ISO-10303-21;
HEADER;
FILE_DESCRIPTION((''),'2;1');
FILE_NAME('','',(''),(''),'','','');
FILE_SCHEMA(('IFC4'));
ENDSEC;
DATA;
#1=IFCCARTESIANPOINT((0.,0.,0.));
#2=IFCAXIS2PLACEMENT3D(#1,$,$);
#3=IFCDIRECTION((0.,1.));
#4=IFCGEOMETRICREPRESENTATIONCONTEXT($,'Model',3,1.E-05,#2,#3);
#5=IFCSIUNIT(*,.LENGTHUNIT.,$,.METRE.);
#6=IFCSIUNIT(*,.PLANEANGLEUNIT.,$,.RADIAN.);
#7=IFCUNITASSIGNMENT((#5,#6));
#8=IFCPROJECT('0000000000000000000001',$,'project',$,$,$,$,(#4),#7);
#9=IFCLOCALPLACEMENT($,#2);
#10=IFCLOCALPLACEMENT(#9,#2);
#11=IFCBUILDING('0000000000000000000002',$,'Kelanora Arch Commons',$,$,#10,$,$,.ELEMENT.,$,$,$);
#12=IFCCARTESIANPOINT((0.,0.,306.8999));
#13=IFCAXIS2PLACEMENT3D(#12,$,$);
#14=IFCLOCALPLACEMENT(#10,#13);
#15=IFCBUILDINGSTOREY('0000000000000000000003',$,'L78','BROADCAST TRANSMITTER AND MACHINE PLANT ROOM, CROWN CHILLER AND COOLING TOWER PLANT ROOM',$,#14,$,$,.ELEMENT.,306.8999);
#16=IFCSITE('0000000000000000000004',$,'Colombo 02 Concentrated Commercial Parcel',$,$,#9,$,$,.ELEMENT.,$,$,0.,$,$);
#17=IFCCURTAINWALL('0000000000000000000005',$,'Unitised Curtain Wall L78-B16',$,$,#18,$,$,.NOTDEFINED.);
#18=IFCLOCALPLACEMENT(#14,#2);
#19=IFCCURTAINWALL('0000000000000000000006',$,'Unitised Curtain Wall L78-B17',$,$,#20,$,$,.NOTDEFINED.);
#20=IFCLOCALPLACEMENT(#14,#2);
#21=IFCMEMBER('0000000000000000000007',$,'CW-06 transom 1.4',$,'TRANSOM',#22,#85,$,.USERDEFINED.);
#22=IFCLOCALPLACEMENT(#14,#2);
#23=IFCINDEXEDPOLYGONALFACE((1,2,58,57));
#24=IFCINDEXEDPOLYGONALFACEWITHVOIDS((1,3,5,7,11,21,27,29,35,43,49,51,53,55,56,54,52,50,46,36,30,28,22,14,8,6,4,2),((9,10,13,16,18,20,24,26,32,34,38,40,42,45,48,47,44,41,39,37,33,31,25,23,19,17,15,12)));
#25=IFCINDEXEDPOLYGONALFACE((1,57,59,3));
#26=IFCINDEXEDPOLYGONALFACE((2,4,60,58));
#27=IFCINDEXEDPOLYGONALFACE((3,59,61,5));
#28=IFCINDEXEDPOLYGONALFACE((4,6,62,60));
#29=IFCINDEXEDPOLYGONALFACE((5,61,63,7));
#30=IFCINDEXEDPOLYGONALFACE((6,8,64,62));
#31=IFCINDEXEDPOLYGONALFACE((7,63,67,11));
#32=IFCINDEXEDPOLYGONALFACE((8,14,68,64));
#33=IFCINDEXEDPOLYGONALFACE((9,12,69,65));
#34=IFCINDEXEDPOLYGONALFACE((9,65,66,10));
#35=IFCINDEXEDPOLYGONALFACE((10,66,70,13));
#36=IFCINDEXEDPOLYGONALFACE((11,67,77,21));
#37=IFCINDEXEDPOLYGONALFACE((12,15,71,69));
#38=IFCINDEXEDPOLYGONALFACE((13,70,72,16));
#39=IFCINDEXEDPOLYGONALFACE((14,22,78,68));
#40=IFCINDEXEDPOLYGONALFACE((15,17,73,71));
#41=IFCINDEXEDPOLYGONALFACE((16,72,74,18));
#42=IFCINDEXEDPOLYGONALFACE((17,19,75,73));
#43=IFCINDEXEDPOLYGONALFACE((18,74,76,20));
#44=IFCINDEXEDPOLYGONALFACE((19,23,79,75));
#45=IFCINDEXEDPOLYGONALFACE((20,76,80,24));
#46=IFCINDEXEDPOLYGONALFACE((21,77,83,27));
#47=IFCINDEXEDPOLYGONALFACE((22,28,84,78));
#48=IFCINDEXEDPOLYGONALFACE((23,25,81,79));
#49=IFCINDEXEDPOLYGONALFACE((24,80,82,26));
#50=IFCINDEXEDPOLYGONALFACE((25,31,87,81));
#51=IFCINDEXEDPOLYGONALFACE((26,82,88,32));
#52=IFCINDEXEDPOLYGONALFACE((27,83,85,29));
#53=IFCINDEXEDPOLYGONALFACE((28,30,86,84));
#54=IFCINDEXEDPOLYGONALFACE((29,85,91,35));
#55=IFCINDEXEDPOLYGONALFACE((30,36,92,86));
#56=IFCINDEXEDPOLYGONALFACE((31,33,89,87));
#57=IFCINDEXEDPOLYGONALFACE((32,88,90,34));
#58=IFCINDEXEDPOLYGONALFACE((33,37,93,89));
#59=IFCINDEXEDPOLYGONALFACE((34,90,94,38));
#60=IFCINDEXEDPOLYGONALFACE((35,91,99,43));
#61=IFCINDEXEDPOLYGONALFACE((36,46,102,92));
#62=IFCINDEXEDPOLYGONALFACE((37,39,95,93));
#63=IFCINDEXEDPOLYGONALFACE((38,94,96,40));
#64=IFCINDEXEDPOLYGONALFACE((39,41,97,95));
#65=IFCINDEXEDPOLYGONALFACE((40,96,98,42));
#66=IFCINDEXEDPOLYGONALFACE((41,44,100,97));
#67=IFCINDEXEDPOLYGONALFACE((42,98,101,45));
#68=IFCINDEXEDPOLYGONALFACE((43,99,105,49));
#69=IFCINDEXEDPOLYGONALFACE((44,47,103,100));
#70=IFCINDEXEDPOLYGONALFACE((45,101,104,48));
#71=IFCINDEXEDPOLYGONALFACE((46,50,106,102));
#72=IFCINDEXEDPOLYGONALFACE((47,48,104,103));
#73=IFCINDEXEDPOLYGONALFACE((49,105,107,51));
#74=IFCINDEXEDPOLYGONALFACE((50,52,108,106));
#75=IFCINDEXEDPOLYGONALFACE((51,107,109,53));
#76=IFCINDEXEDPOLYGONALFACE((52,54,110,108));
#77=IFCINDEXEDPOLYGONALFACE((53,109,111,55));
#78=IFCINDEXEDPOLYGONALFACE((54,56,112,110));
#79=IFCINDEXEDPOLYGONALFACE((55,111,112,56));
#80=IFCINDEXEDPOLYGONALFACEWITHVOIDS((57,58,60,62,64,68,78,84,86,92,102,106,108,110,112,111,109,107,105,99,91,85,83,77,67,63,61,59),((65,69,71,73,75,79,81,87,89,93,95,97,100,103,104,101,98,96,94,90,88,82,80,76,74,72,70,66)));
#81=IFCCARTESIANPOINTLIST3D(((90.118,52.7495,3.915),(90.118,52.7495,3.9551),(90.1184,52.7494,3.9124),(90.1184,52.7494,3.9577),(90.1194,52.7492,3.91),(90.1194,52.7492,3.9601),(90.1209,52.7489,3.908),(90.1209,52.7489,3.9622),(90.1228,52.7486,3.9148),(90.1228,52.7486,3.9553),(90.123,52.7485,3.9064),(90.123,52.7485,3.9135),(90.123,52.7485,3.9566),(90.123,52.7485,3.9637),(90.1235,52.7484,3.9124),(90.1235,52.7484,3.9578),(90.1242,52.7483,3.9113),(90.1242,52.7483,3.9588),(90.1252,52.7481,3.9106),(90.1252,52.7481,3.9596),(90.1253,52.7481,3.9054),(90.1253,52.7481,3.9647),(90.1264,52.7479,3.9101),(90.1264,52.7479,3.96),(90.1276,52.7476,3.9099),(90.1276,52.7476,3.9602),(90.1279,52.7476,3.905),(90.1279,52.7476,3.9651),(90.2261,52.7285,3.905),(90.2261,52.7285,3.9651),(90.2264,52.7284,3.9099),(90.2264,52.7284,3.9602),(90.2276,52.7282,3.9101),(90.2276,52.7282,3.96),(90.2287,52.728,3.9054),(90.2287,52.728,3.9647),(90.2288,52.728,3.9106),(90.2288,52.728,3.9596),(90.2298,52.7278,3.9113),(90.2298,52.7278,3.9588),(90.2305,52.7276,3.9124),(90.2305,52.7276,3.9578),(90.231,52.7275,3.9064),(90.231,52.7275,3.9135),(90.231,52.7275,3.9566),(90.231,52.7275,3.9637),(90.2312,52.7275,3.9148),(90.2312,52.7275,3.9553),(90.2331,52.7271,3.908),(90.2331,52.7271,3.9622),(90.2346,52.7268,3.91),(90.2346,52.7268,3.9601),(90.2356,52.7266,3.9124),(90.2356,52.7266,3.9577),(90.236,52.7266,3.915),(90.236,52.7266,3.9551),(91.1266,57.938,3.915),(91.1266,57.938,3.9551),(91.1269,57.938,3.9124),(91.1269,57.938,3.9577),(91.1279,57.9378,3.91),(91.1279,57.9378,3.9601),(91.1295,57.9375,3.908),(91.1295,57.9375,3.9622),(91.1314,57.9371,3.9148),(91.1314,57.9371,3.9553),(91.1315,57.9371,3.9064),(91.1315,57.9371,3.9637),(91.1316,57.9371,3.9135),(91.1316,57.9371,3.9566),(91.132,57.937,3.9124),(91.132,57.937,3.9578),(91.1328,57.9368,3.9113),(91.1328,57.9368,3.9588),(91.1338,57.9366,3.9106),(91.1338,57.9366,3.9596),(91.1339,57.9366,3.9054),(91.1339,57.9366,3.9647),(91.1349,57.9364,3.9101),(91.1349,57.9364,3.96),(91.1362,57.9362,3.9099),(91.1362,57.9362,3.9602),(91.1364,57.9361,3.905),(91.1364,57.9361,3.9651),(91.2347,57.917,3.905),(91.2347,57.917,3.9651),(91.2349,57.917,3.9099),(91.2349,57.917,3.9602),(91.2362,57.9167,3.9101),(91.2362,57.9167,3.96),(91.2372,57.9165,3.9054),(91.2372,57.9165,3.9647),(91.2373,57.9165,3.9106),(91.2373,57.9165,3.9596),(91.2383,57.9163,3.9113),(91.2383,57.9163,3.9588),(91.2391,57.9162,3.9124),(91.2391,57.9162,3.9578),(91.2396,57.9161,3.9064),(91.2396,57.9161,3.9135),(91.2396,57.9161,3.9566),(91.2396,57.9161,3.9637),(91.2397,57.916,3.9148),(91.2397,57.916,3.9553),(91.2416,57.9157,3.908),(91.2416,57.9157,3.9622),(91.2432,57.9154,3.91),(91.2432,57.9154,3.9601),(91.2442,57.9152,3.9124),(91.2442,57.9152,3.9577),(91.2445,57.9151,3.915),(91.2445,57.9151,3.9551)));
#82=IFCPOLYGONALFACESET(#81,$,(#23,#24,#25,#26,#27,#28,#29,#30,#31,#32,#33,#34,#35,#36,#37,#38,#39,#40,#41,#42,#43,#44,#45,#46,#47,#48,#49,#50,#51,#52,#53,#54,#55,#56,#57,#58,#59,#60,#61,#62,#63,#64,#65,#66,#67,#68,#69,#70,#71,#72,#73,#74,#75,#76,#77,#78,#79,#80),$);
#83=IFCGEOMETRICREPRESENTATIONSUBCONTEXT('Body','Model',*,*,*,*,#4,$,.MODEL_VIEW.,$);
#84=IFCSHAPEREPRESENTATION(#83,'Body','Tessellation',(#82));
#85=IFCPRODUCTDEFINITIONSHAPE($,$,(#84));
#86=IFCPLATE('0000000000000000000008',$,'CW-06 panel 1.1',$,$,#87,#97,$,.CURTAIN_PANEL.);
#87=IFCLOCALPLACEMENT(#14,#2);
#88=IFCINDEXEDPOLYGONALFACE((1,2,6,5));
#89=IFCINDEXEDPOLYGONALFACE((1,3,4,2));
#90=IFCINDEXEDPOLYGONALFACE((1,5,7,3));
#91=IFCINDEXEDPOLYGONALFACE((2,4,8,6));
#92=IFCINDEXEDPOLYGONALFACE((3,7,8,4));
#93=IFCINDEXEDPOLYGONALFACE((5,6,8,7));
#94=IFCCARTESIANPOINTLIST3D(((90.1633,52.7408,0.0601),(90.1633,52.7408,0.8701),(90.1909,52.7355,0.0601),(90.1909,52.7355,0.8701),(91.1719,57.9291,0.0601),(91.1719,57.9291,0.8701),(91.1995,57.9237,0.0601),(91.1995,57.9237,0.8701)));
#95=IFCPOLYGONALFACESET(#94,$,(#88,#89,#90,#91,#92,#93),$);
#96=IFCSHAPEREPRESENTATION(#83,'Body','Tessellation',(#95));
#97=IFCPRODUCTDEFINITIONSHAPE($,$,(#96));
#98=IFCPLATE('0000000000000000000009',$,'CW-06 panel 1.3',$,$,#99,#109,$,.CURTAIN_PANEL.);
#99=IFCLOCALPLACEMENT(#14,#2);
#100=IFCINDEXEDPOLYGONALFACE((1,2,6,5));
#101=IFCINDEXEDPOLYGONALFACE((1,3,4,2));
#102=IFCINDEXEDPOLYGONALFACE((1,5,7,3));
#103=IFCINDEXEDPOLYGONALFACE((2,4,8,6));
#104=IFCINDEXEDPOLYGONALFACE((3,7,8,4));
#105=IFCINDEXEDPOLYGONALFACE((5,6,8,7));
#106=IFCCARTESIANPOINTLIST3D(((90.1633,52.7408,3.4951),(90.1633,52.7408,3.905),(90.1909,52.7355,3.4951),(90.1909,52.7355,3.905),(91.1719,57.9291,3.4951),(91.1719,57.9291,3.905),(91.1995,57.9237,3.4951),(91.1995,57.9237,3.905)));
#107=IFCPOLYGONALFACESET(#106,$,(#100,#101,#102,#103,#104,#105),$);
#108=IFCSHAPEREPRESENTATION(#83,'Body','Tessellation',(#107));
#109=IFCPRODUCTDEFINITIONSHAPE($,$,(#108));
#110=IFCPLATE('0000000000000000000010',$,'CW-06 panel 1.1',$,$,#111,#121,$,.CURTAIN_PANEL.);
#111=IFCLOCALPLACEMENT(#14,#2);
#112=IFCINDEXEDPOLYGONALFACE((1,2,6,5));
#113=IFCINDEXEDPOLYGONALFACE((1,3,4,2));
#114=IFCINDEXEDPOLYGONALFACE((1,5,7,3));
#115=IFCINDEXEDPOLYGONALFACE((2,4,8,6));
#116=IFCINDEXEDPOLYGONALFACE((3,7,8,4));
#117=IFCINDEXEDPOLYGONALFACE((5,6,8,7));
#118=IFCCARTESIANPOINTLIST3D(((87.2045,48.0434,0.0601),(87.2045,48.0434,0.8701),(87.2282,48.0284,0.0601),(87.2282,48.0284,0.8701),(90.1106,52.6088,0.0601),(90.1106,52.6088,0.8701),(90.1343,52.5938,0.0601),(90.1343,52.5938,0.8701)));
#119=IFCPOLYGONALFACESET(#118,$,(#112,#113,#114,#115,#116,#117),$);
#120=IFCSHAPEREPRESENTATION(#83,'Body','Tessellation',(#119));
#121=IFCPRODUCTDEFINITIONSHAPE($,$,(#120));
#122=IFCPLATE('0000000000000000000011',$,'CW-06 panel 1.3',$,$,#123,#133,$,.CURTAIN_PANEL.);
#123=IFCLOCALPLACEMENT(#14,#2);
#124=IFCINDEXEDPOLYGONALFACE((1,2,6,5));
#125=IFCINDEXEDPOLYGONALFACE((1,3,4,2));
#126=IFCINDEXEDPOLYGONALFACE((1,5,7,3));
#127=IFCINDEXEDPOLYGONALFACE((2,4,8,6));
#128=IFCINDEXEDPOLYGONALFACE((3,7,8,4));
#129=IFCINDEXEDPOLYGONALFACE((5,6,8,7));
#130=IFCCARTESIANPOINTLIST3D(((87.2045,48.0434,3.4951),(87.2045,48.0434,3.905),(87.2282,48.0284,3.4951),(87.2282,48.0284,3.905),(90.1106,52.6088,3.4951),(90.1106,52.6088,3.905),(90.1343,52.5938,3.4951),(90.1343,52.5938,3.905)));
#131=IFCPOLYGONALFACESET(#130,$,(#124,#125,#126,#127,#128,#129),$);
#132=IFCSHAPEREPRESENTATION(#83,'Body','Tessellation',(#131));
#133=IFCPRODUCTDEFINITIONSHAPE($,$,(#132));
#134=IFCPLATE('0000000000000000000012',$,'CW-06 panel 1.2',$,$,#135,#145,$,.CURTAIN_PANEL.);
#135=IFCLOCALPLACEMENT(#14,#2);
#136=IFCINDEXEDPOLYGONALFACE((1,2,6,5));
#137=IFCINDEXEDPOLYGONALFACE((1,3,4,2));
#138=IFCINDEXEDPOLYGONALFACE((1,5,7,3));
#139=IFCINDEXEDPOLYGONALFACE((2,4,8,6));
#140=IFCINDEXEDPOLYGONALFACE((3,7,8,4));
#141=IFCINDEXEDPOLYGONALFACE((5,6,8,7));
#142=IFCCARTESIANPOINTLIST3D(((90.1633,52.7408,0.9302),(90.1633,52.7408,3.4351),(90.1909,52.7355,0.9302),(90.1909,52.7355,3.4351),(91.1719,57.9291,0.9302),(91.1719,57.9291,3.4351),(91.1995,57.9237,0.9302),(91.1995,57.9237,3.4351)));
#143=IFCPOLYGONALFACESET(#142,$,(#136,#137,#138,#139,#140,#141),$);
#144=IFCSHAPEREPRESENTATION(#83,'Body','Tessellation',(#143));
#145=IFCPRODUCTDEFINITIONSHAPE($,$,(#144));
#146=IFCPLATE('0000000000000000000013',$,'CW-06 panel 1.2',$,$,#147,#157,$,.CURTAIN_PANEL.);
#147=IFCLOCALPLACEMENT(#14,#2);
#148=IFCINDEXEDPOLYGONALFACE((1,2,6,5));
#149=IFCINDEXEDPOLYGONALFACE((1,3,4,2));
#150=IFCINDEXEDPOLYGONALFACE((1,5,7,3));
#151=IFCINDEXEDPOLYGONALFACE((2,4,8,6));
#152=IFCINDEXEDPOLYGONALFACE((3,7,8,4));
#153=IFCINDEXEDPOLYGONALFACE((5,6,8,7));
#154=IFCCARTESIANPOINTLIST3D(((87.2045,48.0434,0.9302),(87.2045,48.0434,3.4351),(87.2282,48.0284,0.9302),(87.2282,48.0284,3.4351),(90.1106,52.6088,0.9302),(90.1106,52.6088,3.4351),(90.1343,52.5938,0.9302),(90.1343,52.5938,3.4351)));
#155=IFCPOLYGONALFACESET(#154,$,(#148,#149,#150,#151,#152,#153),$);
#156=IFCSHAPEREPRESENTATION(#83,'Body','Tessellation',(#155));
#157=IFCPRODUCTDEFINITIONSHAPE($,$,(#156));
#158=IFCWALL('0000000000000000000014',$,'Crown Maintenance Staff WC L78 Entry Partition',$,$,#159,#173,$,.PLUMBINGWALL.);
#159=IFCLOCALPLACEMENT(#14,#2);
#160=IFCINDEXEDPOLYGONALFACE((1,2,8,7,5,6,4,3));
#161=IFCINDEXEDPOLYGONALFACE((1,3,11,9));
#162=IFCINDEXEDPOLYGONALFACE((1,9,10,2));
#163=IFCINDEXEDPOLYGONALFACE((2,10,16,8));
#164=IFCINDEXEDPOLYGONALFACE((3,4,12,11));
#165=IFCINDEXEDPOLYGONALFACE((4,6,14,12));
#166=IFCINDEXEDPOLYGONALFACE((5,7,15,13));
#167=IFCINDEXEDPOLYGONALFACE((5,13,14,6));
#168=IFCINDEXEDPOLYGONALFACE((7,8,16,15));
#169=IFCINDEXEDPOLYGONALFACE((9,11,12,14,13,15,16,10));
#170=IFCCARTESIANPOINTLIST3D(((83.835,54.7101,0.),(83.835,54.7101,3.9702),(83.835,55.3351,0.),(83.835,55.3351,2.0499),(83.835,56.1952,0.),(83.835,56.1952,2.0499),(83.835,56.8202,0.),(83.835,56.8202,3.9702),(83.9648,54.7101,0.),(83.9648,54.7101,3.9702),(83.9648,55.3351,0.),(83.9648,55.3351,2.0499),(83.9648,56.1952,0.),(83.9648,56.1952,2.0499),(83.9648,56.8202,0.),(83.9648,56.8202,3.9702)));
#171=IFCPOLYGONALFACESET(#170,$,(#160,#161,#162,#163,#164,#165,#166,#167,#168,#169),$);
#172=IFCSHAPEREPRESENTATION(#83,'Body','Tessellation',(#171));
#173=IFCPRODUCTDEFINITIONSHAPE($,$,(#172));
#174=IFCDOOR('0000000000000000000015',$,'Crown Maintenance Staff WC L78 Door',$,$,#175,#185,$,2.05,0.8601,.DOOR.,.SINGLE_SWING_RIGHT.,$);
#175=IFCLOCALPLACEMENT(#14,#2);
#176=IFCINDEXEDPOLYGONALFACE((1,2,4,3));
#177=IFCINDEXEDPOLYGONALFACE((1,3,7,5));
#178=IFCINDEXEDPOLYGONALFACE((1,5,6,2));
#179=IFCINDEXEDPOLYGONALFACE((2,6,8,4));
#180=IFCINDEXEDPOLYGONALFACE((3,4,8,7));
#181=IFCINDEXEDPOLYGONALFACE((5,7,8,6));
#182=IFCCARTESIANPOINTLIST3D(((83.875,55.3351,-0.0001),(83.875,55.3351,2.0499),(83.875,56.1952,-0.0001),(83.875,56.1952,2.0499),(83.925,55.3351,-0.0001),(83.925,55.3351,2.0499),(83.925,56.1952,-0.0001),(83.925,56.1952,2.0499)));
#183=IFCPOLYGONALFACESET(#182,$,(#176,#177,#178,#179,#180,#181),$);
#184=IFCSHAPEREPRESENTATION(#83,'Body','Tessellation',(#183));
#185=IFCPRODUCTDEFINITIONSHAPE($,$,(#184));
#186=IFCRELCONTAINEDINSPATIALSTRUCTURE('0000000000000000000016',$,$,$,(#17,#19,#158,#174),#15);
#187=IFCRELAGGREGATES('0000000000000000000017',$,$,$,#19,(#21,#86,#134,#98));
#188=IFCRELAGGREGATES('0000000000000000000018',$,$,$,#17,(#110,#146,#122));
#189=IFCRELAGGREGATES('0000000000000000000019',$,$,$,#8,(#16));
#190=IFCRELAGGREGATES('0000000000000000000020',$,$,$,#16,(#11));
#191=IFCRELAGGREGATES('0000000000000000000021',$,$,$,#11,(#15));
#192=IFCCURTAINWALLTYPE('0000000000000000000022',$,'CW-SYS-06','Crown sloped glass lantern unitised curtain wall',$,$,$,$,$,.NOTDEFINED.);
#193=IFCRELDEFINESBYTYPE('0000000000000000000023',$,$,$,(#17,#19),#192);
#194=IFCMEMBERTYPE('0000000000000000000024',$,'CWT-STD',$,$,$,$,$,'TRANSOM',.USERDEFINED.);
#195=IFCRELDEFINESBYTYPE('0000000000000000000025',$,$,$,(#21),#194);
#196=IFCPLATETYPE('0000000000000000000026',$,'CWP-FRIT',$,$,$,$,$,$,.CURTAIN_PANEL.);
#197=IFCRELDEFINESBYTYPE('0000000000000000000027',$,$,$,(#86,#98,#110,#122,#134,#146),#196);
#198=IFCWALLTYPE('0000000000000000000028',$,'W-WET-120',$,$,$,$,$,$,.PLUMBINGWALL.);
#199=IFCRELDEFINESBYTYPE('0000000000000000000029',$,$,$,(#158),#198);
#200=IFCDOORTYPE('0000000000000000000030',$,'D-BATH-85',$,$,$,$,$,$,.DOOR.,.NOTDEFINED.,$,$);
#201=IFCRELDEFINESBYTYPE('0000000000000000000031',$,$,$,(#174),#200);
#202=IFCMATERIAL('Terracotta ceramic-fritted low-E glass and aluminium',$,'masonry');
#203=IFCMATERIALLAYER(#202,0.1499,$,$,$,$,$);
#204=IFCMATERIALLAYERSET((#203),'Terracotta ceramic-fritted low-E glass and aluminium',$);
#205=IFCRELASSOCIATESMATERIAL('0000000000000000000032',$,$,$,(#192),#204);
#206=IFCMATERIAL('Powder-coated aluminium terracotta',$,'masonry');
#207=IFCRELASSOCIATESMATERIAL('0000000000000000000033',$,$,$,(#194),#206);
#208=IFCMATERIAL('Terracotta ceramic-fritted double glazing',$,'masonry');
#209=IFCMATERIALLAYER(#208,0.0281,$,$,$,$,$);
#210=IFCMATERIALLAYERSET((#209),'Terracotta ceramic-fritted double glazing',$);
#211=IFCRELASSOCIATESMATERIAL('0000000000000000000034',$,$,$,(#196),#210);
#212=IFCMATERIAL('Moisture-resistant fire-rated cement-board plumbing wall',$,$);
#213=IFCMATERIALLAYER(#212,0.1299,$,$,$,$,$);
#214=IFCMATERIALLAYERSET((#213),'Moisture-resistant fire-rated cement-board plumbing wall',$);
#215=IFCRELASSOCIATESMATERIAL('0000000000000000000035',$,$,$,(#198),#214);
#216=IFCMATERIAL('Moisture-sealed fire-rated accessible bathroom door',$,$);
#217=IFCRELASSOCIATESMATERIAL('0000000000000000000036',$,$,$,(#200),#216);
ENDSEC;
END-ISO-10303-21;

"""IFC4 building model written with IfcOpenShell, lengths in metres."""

from ifc_helpers import new_model, si_unit, direction, frame, frame_2d, origin, origin_2d, place, context, subcontext, project, spatial, rectangle, hollow_rectangle, extrude, source, transform, mapped, material, layer, layer_set, material_profile, profile_set, type_object, element, fill, aggregate, save


model = new_model("IFC4")

# Units and contexts
model_context = context("Model", 3, precision=1e-05, world=origin(), true_north=direction((0.0, 1.0)))
body_context = subcontext(model_context, "Body", "Model", "MODEL_VIEW")
ifc_project = project(units=[si_unit("LENGTHUNIT", "METRE"), si_unit("PLANEANGLEUNIT", "RADIAN")], contexts=[model_context])

# Site, building, storey
site_placement = place(None, origin())
site = spatial("IfcSite", under=ifc_project, at=site_placement, Name="Colombo 02 Concentrated Commercial Parcel", CompositionType="ELEMENT", RefElevation=0.0)
building_placement = place(site_placement, origin())
building = spatial("IfcBuilding", under=site, at=building_placement, Name="Kelanora Arch Commons", CompositionType="ELEMENT")
storey_placement = place(building_placement, frame((0.0, 0.0, 306.8999)))
storey = spatial("IfcBuildingStorey", under=building, at=storey_placement, Name="L78", Description="BROADCAST TRANSMITTER AND MACHINE PLANT ROOM, CROWN CHILLER AND COOLING TOWER PLANT ROOM", CompositionType="ELEMENT", Elevation=306.8999)

# Curtain wall
ifc_material_1 = material(Name="Terracotta ceramic-fritted low-E glass and aluminium", Category="masonry")
ifc_layer_1 = layer(ifc_material_1, 0.1499)
ifc_layer_set_1 = layer_set([ifc_layer_1], Name="Terracotta ceramic-fritted low-E glass and aluminium")
curtain_wall_type = type_object("IfcCurtainWallType", Name="CW-SYS-06", Description="Crown sloped glass lantern unitised curtain wall", PredefinedType="NOTDEFINED", material=ifc_layer_set_1)
curtain_wall_1_placement = place(storey_placement, origin())
curtain_wall_1 = element("IfcCurtainWall", 1, at=curtain_wall_1_placement, inside=storey, type_object=curtain_wall_type, Name="Unitised Curtain Wall L78-B16", PredefinedType="NOTDEFINED")
ifc_material_2 = material(Name="Powder-coated aluminium terracotta", Category="masonry")

# Curtain wall, member, plates
curtain_wall_2_placement = place(storey_placement, origin())
curtain_wall_2 = element("IfcCurtainWall", 2, at=curtain_wall_2_placement, inside=storey, type_object=curtain_wall_type, Name="Unitised Curtain Wall L78-B17", PredefinedType="NOTDEFINED")
ifc_material_profile_1 = material_profile(ifc_material_2, hollow_rectangle(XDim=0.1201, YDim=0.0601, WallThickness=0.0049, InnerFilletRadius=0.0049, OuterFilletRadius=0.01, at=origin_2d()), Name="CWT120x60")
ifc_profile_set_1 = profile_set([ifc_material_profile_1], Name="Powder-coated aluminium terracotta")
member_type_1 = type_object("IfcMemberType", Name="CWT-STD", ElementType="TRANSOM", PredefinedType="USERDEFINED", material=ifc_profile_set_1)
member_1_placement = place(storey_placement, frame((90.177, 52.738, 3.9351), z_axis=(0.19081, 0.981627, 0.0), x_axis=(-0.981627, 0.19081, 0.0)))
member_1 = element("IfcMember", 3, at=member_1_placement, type_object=member_type_1, Name="CW-06 transom 1.4", ObjectType="TRANSOM", PredefinedType="USERDEFINED", context=body_context, shape_type="SweptSolid", body=[
    extrude(hollow_rectangle(XDim=0.1201, YDim=0.0601, WallThickness=0.0049, InnerFilletRadius=0.0049, OuterFilletRadius=0.01, at=origin_2d()), origin(), (0.0, 0.0, 1.0), 5.2856),
])
ifc_material_3 = material(Name="Terracotta ceramic-fritted double glazing", Category="masonry")
ifc_layer_2 = layer(ifc_material_3, 0.0281)
ifc_layer_set_2 = layer_set([ifc_layer_2], Name="Terracotta ceramic-fritted double glazing")
plate_type = type_object("IfcPlateType", Name="CWP-FRIT", PredefinedType="CURTAIN_PANEL", material=ifc_layer_set_2)
shared_shape_1 = source(origin(), body_context, "Body", "SweptSolid", [
    extrude(rectangle(XDim=5.2854, YDim=0.0281, at=origin_2d()), origin(), (0.0, 0.0, 1.0), 0.8101),
])
plate_1_placement = place(storey_placement, frame((90.6814, 55.3323, 0.0601), z_axis=(0.0, 0.0, 1.0), x_axis=(0.190827, 0.981624, 0.0)))
plate_1 = element("IfcPlate", 4, at=plate_1_placement, type_object=plate_type, Name="CW-06 panel 1.1", PredefinedType="CURTAIN_PANEL", context=body_context, shape_type="MappedRepresentation", body=[
    mapped(shared_shape_1, transform((0.0, 0.0, 0.0), scale=1.0)),
])
shared_shape_2 = source(origin(), body_context, "Body", "SweptSolid", [
    extrude(rectangle(XDim=5.2854, YDim=0.0281, at=origin_2d()), origin(), (0.0, 0.0, 1.0), 0.4099),
])
plate_2_placement = place(storey_placement, frame((90.6814, 55.3323, 3.4951), z_axis=(0.0, 0.0, 1.0), x_axis=(0.190827, 0.981624, 0.0)))
plate_2 = element("IfcPlate", 5, at=plate_2_placement, type_object=plate_type, Name="CW-06 panel 1.3", PredefinedType="CURTAIN_PANEL", context=body_context, shape_type="MappedRepresentation", body=[
    mapped(shared_shape_2, transform((0.0, 0.0, 0.0), scale=1.0)),
])

# Plates
shared_shape_3 = source(origin(), body_context, "Body", "SweptSolid", [
    extrude(rectangle(XDim=5.4119, YDim=0.0281, at=origin_2d()), origin(), (0.0, 0.0, 1.0), 0.8101),
])
plate_3_placement = place(storey_placement, frame((88.6694, 50.3186, 0.0601), z_axis=(0.0, 0.0, 1.0), x_axis=(0.536984, 0.843592, 0.0)))
plate_3 = element("IfcPlate", 6, at=plate_3_placement, type_object=plate_type, Name="CW-06 panel 1.1", PredefinedType="CURTAIN_PANEL", context=body_context, shape_type="MappedRepresentation", body=[
    mapped(shared_shape_3, transform((0.0, 0.0, 0.0), scale=1.0)),
])
shared_shape_4 = source(origin(), body_context, "Body", "SweptSolid", [
    extrude(rectangle(XDim=5.4119, YDim=0.0281, at=origin_2d()), origin(), (0.0, 0.0, 1.0), 0.4099),
])
plate_4_placement = place(storey_placement, frame((88.6694, 50.3186, 3.4951), z_axis=(0.0, 0.0, 1.0), x_axis=(0.536984, 0.843592, 0.0)))
plate_4 = element("IfcPlate", 7, at=plate_4_placement, type_object=plate_type, Name="CW-06 panel 1.3", PredefinedType="CURTAIN_PANEL", context=body_context, shape_type="MappedRepresentation", body=[
    mapped(shared_shape_4, transform((0.0, 0.0, 0.0), scale=1.0)),
])
shared_shape_5 = source(origin(), body_context, "Body", "SweptSolid", [
    extrude(rectangle(XDim=5.2854, YDim=0.0281, at=origin_2d()), origin(), (0.0, 0.0, 1.0), 2.5049),
])
plate_5_placement = place(storey_placement, frame((90.6814, 55.3323, 0.9302), z_axis=(0.0, 0.0, 1.0), x_axis=(0.190827, 0.981624, 0.0)))
plate_5 = element("IfcPlate", 8, at=plate_5_placement, type_object=plate_type, Name="CW-06 panel 1.2", PredefinedType="CURTAIN_PANEL", context=body_context, shape_type="MappedRepresentation", body=[
    mapped(shared_shape_5, transform((0.0, 0.0, 0.0), scale=1.0)),
])
aggregate(curtain_wall_2, [member_1, plate_1, plate_5, plate_2])
shared_shape_6 = source(origin(), body_context, "Body", "SweptSolid", [
    extrude(rectangle(XDim=5.4119, YDim=0.0281, at=origin_2d()), origin(), (0.0, 0.0, 1.0), 2.5049),
])
plate_6_placement = place(storey_placement, frame((88.6694, 50.3186, 0.9302), z_axis=(0.0, 0.0, 1.0), x_axis=(0.536984, 0.843592, 0.0)))
plate_6 = element("IfcPlate", 9, at=plate_6_placement, type_object=plate_type, Name="CW-06 panel 1.2", PredefinedType="CURTAIN_PANEL", context=body_context, shape_type="MappedRepresentation", body=[
    mapped(shared_shape_6, transform((0.0, 0.0, 0.0), scale=1.0)),
])
aggregate(curtain_wall_1, [plate_3, plate_6, plate_4])

# Wall, opening, door
ifc_material_4 = material(Name="Moisture-resistant fire-rated cement-board plumbing wall")
ifc_layer_3 = layer(ifc_material_4, 0.1299)
ifc_layer_set_3 = layer_set([ifc_layer_3], Name="Moisture-resistant fire-rated cement-board plumbing wall")
wall_type = type_object("IfcWallType", Name="W-WET-120", PredefinedType="PLUMBINGWALL", material=ifc_layer_set_3)
wall_placement = place(storey_placement, frame((83.8999, 54.71, 0.0), z_axis=(0.0, 0.0, 1.0), x_axis=(0.0, 1.0, 0.0)))
wall = element("IfcWall", 10, at=wall_placement, inside=storey, type_object=wall_type, Name="Crown Maintenance Staff WC L78 Entry Partition", PredefinedType="PLUMBINGWALL", context=body_context, shape_type="SweptSolid", body=[
    extrude(rectangle(XDim=2.1101, YDim=0.1299, at=frame_2d((1.0552, 0.0))), origin(), (0.0, 0.0, 1.0), 3.9702),
])
opening_placement = place(wall_placement, frame((0.625, 0.0, 0.0)))
opening = element("IfcOpeningElement", 11, at=opening_placement, cuts=wall, PredefinedType="OPENING", context=body_context, shape_type="SweptSolid", body=[
    extrude(rectangle(XDim=0.8601, YDim=2.05, at=frame_2d((0.4302, 1.0249))), frame((0.0, 0.075, 0.0), z_axis=(0.0, -1.0, 0.0), x_axis=(1.0, 0.0, 0.0)), (0.0, 0.0, 1.0), 0.1499),
])
ifc_material_5 = material(Name="Moisture-sealed fire-rated accessible bathroom door")
door_type = type_object("IfcDoorType", Name="D-BATH-85", OperationType="NOTDEFINED", PredefinedType="DOOR", material=ifc_material_5)
door_placement = place(opening_placement, origin())
door = element("IfcDoor", 12, at=door_placement, inside=storey, type_object=door_type, Name="Crown Maintenance Staff WC L78 Door", OperationType="SINGLE_SWING_RIGHT", OverallHeight=2.05, OverallWidth=0.8601, PredefinedType="DOOR", context=body_context, shape_type="SweptSolid", body=[
    extrude(rectangle(XDim=0.8601, YDim=2.05, at=frame_2d((0.4302, 1.0249))), frame((0.0, 0.0249, 0.0), z_axis=(0.0, -1.0, 0.0), x_axis=(1.0, 0.0, 0.0)), (0.0, 0.0, 1.0), 0.05),
])
fill(opening, door)

save(model, "model.ifc")
